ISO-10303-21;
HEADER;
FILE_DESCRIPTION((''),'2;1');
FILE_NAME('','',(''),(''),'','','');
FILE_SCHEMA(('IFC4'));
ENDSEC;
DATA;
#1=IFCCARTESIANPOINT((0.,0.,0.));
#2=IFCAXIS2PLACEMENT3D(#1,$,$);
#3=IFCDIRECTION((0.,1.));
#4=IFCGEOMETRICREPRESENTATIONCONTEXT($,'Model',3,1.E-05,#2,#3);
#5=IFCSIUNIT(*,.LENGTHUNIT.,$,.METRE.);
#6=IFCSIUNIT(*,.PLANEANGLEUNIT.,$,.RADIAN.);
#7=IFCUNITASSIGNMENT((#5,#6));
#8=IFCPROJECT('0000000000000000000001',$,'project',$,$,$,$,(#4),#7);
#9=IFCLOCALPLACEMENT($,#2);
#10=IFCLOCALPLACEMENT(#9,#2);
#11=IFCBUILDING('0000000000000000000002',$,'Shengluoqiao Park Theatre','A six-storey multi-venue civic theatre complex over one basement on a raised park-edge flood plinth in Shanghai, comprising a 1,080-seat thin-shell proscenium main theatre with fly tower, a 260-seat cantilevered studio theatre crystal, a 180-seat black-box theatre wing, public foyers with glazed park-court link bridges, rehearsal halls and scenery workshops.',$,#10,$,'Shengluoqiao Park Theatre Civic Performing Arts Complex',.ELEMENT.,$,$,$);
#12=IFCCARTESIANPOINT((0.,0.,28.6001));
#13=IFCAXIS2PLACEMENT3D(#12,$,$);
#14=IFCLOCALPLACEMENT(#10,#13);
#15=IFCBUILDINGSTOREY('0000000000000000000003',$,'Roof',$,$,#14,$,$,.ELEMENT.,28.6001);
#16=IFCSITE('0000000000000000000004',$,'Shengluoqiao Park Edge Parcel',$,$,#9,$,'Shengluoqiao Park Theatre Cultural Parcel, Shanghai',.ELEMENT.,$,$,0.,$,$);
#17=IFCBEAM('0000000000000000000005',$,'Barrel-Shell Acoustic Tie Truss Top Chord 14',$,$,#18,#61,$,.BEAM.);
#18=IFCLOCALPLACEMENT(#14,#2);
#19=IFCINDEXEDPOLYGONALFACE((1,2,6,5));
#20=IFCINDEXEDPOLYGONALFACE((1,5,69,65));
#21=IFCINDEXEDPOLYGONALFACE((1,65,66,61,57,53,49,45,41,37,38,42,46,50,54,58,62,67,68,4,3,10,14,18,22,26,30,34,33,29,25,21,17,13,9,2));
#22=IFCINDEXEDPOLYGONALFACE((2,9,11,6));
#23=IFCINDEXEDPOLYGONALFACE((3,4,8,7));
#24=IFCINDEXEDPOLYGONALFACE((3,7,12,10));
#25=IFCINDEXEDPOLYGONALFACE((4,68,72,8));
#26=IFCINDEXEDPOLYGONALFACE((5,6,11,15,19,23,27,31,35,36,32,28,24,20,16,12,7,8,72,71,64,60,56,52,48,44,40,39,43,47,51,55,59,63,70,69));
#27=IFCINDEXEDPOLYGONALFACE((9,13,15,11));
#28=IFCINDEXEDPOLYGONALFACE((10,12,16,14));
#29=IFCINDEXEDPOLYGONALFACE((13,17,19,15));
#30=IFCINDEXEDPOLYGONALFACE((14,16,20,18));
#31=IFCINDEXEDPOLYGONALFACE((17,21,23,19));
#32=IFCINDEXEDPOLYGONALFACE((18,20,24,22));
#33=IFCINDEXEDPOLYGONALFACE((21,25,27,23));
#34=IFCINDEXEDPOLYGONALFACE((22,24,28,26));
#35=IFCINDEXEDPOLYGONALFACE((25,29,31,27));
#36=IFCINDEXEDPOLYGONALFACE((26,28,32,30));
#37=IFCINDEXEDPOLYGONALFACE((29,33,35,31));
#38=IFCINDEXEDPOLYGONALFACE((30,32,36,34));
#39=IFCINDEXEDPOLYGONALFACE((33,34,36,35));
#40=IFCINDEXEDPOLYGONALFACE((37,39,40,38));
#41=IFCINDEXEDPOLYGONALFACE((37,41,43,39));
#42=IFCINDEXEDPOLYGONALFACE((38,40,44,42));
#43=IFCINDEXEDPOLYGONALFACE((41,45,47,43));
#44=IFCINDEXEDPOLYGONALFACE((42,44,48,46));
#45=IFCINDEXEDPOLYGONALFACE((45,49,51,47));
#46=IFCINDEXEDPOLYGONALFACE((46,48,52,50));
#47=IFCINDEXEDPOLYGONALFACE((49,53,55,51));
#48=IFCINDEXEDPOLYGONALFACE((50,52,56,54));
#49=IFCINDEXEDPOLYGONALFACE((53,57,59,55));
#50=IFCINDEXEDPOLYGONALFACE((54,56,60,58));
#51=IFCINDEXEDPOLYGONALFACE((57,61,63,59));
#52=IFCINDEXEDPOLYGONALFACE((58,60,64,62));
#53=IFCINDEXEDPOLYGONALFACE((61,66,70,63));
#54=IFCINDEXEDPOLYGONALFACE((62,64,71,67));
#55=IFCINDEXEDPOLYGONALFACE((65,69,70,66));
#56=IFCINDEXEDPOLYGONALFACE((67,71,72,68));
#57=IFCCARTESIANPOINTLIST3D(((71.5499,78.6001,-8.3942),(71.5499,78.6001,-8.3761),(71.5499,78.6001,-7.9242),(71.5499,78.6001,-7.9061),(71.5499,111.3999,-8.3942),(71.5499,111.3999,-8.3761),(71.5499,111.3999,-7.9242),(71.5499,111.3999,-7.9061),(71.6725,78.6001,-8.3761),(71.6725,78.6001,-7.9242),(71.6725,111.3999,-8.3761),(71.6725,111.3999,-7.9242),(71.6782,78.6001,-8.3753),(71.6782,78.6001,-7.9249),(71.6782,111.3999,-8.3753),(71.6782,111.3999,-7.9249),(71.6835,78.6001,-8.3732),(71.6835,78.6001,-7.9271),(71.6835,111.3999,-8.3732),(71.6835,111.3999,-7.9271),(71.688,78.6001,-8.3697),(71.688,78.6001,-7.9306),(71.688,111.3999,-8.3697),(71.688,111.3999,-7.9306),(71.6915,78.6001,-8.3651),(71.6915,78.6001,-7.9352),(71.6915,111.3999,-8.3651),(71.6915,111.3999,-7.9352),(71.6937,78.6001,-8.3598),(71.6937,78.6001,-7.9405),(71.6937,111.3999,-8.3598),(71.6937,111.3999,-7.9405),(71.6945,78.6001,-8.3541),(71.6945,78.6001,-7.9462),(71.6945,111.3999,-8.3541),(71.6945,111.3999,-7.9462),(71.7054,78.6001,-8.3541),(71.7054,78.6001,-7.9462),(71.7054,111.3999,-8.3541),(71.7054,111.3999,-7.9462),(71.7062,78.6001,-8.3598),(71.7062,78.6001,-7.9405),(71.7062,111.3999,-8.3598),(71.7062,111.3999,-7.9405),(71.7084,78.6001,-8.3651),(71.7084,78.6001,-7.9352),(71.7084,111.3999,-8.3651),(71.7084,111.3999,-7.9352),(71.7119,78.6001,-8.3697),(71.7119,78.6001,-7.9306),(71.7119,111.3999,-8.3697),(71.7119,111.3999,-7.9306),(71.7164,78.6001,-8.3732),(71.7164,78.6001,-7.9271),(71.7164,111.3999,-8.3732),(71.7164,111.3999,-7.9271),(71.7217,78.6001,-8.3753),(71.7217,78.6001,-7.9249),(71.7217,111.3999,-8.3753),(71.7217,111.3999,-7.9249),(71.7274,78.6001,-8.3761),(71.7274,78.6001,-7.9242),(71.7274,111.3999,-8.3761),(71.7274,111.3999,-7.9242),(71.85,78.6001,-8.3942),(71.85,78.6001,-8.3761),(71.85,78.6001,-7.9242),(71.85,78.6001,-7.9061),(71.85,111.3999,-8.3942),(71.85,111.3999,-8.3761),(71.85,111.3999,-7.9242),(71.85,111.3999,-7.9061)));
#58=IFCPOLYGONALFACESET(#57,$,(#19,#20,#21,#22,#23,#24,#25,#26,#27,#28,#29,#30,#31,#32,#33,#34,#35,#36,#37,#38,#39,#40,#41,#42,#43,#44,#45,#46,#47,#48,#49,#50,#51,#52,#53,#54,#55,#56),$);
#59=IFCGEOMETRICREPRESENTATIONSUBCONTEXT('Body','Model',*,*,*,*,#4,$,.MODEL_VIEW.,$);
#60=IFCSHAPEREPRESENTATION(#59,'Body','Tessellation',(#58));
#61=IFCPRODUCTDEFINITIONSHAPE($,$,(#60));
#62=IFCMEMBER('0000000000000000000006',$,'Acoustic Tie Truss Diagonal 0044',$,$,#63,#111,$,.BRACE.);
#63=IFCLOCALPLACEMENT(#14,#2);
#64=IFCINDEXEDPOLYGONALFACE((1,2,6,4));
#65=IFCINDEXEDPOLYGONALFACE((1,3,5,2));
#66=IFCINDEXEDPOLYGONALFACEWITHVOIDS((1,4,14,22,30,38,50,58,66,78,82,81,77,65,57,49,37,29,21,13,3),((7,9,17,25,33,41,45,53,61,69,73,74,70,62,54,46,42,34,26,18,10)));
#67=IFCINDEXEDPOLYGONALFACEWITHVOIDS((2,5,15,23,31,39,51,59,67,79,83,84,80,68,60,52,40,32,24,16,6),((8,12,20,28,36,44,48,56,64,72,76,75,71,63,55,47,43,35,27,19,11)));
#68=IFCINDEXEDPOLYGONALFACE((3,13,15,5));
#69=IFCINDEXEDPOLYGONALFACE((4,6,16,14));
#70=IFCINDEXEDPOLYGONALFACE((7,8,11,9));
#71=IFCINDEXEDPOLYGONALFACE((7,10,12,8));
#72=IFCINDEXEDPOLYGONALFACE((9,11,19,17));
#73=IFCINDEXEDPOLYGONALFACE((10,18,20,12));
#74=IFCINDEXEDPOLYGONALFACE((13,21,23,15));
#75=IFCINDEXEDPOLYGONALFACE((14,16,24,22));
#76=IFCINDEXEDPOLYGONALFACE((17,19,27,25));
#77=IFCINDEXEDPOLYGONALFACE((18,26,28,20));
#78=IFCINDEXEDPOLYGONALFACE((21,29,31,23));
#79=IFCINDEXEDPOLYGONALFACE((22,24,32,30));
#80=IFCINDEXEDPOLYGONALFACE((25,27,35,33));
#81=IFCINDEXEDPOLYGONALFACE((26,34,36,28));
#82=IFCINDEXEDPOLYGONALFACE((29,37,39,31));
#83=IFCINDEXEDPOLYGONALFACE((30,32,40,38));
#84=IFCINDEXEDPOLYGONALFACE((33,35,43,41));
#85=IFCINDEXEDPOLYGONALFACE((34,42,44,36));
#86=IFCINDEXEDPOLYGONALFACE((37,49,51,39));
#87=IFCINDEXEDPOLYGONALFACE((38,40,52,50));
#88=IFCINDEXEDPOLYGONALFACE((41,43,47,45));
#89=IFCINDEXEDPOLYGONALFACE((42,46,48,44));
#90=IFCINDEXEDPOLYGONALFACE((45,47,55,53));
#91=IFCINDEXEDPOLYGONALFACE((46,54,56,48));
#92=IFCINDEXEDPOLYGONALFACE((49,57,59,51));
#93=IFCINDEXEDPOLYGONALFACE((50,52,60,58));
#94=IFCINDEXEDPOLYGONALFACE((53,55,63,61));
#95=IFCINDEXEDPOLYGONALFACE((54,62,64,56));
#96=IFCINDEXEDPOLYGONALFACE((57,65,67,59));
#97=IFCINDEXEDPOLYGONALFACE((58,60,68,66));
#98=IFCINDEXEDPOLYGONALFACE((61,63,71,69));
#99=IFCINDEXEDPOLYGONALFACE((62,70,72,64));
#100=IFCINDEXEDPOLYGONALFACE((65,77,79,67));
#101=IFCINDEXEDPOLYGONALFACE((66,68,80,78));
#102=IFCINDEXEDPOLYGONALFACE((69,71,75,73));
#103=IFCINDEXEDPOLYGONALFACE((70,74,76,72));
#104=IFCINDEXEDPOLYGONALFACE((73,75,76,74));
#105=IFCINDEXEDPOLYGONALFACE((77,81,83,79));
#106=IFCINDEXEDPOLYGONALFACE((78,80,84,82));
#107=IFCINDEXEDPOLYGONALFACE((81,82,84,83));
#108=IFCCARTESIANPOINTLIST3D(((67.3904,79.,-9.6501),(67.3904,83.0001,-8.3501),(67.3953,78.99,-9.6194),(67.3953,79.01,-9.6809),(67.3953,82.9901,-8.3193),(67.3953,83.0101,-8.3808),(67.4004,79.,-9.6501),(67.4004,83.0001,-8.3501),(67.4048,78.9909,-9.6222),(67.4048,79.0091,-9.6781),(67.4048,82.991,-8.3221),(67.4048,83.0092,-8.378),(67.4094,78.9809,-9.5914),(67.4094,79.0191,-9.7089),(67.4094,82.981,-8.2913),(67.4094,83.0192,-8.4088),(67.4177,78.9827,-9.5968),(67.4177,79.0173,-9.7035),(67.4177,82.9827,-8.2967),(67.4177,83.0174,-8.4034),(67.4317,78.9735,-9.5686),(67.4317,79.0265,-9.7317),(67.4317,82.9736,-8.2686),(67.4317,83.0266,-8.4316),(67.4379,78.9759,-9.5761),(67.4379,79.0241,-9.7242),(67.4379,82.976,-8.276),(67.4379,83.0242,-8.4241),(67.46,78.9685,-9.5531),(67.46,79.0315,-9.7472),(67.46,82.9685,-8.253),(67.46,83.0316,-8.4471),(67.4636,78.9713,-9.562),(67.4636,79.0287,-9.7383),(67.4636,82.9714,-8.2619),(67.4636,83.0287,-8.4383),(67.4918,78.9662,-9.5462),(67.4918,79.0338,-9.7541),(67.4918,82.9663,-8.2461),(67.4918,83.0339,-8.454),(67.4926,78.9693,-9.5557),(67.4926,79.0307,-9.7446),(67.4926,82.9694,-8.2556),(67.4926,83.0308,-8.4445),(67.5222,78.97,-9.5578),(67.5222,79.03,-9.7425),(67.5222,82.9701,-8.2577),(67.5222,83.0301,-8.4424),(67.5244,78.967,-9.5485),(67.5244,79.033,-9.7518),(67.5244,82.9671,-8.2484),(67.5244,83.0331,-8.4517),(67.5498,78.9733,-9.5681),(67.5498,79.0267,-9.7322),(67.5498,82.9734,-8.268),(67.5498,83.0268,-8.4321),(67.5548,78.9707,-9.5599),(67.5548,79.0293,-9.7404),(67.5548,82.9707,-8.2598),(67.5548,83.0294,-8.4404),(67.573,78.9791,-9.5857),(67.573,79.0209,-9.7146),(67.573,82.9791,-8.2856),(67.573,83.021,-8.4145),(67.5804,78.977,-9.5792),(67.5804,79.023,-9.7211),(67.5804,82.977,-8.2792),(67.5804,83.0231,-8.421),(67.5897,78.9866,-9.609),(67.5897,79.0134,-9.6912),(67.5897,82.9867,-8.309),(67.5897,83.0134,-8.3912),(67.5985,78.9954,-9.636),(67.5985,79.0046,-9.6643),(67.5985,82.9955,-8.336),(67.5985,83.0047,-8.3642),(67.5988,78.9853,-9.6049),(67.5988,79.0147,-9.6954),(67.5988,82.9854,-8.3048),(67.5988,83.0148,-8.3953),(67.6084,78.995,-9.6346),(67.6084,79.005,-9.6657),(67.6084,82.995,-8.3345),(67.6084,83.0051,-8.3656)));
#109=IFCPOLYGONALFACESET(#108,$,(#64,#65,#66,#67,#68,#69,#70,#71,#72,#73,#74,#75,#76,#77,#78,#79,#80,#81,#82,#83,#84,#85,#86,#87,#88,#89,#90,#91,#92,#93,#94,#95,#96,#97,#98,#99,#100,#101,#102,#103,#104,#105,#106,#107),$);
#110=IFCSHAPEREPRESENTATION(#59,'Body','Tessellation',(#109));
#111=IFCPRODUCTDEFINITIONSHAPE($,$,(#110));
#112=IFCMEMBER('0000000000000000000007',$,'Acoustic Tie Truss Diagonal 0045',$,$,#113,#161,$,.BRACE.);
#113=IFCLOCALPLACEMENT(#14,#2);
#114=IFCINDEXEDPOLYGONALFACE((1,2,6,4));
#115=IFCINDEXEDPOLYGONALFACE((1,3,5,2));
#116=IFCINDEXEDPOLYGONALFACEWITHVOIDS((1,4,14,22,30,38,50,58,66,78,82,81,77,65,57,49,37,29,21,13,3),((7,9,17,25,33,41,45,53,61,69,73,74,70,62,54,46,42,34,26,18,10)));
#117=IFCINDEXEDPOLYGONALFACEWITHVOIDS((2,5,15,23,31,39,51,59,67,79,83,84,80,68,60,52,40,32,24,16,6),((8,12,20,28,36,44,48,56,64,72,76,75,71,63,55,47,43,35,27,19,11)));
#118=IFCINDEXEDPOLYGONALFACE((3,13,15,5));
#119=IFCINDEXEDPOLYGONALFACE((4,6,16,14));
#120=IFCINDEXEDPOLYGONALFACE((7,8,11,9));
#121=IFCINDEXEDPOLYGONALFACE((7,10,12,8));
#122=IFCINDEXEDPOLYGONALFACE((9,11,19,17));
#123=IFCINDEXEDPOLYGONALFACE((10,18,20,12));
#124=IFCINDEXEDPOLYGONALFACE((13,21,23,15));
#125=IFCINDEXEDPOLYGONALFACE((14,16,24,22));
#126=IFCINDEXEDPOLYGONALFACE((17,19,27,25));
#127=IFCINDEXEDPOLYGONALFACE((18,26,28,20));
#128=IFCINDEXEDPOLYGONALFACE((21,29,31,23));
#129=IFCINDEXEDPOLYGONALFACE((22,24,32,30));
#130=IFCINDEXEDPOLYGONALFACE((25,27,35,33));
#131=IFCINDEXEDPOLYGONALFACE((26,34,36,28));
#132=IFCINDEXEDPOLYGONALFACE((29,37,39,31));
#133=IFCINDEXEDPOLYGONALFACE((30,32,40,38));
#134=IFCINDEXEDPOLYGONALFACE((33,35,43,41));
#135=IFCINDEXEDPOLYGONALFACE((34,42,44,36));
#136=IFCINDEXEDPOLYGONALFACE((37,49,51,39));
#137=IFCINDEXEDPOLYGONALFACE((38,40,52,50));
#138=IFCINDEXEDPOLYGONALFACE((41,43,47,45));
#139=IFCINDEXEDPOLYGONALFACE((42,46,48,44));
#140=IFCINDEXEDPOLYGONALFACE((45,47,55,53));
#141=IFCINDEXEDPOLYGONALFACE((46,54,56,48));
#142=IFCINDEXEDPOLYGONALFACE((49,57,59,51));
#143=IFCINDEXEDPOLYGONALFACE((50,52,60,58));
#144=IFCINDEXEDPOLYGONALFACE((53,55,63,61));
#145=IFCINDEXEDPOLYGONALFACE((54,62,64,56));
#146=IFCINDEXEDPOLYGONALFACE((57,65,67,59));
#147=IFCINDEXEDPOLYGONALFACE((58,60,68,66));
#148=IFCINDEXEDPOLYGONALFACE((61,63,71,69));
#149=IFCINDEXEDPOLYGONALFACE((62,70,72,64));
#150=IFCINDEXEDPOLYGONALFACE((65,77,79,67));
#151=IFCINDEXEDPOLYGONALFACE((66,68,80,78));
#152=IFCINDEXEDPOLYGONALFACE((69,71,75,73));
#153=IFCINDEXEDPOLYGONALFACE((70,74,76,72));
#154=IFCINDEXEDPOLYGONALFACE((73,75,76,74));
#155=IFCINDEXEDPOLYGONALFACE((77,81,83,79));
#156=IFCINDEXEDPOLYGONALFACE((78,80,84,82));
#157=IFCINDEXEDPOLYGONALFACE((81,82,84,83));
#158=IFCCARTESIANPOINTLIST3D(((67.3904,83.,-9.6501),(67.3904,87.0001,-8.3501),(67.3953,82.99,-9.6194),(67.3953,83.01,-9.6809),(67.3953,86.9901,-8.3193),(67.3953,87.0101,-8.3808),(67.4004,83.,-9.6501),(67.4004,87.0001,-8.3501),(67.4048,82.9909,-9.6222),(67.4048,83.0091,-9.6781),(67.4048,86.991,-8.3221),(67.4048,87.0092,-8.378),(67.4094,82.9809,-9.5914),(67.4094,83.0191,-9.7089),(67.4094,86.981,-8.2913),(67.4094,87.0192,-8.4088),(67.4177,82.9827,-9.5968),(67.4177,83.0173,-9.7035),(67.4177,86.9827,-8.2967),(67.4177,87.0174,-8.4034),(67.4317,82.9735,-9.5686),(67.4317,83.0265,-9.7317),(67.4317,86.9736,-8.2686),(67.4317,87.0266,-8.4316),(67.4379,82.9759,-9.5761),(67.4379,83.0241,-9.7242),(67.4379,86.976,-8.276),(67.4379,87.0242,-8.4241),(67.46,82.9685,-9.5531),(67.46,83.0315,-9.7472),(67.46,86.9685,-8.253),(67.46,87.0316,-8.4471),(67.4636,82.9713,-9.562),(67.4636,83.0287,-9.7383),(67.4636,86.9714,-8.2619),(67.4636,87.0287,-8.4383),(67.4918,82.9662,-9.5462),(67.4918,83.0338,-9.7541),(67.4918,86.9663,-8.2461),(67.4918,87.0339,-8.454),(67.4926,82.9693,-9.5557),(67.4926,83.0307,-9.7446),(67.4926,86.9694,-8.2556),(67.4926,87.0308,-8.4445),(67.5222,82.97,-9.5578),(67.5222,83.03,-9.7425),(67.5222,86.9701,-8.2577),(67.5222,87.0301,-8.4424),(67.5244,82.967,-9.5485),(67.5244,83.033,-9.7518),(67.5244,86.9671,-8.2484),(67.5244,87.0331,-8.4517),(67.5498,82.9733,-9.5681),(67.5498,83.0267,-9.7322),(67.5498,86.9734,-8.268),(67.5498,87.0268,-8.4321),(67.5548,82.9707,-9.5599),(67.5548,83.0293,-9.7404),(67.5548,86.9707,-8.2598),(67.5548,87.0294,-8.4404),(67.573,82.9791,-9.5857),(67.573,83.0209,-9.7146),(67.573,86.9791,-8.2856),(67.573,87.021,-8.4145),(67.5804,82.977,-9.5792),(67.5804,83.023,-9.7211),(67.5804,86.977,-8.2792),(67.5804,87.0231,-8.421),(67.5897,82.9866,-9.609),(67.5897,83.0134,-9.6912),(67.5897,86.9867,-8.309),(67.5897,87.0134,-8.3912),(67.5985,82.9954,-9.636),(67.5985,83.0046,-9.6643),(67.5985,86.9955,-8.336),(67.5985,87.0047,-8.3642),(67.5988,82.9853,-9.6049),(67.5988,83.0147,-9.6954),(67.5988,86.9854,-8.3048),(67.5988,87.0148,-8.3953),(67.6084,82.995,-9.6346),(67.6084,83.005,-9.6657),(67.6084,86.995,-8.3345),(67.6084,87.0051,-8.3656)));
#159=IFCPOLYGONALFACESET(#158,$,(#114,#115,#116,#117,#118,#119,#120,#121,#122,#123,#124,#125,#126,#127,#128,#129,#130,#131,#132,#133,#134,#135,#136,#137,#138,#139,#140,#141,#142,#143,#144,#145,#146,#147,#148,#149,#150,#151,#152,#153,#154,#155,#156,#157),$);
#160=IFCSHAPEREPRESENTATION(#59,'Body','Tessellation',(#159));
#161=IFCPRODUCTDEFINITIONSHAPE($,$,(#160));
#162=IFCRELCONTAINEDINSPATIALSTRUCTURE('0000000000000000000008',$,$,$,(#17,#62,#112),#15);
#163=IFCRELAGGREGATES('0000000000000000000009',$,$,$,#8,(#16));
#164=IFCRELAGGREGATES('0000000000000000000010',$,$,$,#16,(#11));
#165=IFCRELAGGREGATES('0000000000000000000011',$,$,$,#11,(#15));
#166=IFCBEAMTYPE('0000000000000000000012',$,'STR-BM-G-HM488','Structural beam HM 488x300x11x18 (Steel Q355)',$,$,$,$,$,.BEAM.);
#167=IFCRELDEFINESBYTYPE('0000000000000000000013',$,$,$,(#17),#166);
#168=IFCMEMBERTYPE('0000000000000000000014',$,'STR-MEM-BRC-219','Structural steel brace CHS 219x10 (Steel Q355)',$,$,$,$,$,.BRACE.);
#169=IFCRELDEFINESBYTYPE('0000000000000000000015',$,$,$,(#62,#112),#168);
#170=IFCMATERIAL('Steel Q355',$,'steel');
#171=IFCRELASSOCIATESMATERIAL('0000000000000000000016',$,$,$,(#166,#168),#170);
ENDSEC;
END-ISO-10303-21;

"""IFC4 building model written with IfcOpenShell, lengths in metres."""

from ifc_helpers import new_model, si_unit, direction, frame, origin, origin_2d, place, context, subcontext, project, spatial, hollow_circle, i_section, extrude, material, material_profile, profile_set, type_object, element, save


model = new_model("IFC4")

# Units and contexts
model_context = context("Model", 3, precision=1e-05, world=origin(), true_north=direction((0.0, 1.0)))
body_context = subcontext(model_context, "Body", "Model", "MODEL_VIEW")
ifc_project = project(units=[si_unit("LENGTHUNIT", "METRE"), si_unit("PLANEANGLEUNIT", "RADIAN")], contexts=[model_context])

# Site, building, storey
site_placement = place(None, origin())
site = spatial("IfcSite", under=ifc_project, at=site_placement, Name="Shengluoqiao Park Edge Parcel", LongName="Shengluoqiao Park Theatre Cultural Parcel, Shanghai", CompositionType="ELEMENT", RefElevation=0.0)
building_placement = place(site_placement, origin())
building = spatial("IfcBuilding", under=site, at=building_placement, Name="Shengluoqiao Park Theatre", Description="A six-storey multi-venue civic theatre complex over one basement on a raised park-edge flood plinth in Shanghai, comprising a 1,080-seat thin-shell proscenium main theatre with fly tower, a 260-seat cantilevered studio theatre crystal, a 180-seat black-box theatre wing, public foyers with glazed park-court link bridges, rehearsal halls and scenery workshops.", LongName="Shengluoqiao Park Theatre Civic Performing Arts Complex", CompositionType="ELEMENT")
storey_placement = place(building_placement, frame((0.0, 0.0, 28.6001)))
storey = spatial("IfcBuildingStorey", under=building, at=storey_placement, Name="Roof", CompositionType="ELEMENT", Elevation=28.6001)

# Beam
ifc_material = material(Name="Steel Q355", Category="steel")
ifc_material_profile_1 = material_profile(ifc_material, i_section(OverallWidth=0.3, OverallDepth=0.488, WebThickness=0.011, FlangeThickness=0.0181, FilletRadius=0.022, at=origin_2d()), Name="HM 488x300x11x18")
ifc_profile_set_1 = profile_set([ifc_material_profile_1], Name="Steel Q355")
beam_type_1 = type_object("IfcBeamType", Name="STR-BM-G-HM488", Description="Structural beam HM 488x300x11x18 (Steel Q355)", PredefinedType="BEAM", material=ifc_profile_set_1)
for number, where, z_axis, x_axis, name in (
    (1, (71.7, 78.6001, -8.1501), (0.0, 1.0, 0.0), (-1.0, 0.0, 0.0), "Barrel-Shell Acoustic Tie Truss Top Chord 14"),
):
    element("IfcBeam", number, at=place(storey_placement, frame(where, z_axis=z_axis, x_axis=x_axis)), inside=storey, type_object=beam_type_1, Name=name, PredefinedType="BEAM", context=body_context, shape_type="SweptSolid", body=[
        extrude(i_section(OverallWidth=0.3, OverallDepth=0.488, WebThickness=0.011, FlangeThickness=0.0181, FilletRadius=0.022, at=origin_2d()), origin(), (0.0, 0.0, 1.0), 32.7998),
    ])

# Members
ifc_material_profile_2 = material_profile(ifc_material, hollow_circle(Radius=0.1096, WallThickness=0.01, at=origin_2d()), Name="CHS 219x10")
ifc_profile_set_2 = profile_set([ifc_material_profile_2], Name="Steel Q355")
member_type_1 = type_object("IfcMemberType", Name="STR-MEM-BRC-219", Description="Structural steel brace CHS 219x10 (Steel Q355)", PredefinedType="BRACE", material=ifc_profile_set_2)
for number, where, z_axis, x_axis, name in (
    (2, (67.5, 79.0, -9.6501), (0.0, 0.951031, 0.309097), (-1.0, 0.0, 0.0), "Acoustic Tie Truss Diagonal 0044"),
    (3, (67.5, 83.0, -9.6501), (0.0, 0.951031, 0.309097), (-1.0, 0.0, 0.0), "Acoustic Tie Truss Diagonal 0045"),
):
    element("IfcMember", number, at=place(storey_placement, frame(where, z_axis=z_axis, x_axis=x_axis)), inside=storey, type_object=member_type_1, Name=name, PredefinedType="BRACE", context=body_context, shape_type="SweptSolid", body=[
        extrude(hollow_circle(Radius=0.1096, WallThickness=0.01, at=origin_2d()), origin(), (0.0, 0.0, 1.0), 4.2061),
    ])

save(model, "model.ifc")
